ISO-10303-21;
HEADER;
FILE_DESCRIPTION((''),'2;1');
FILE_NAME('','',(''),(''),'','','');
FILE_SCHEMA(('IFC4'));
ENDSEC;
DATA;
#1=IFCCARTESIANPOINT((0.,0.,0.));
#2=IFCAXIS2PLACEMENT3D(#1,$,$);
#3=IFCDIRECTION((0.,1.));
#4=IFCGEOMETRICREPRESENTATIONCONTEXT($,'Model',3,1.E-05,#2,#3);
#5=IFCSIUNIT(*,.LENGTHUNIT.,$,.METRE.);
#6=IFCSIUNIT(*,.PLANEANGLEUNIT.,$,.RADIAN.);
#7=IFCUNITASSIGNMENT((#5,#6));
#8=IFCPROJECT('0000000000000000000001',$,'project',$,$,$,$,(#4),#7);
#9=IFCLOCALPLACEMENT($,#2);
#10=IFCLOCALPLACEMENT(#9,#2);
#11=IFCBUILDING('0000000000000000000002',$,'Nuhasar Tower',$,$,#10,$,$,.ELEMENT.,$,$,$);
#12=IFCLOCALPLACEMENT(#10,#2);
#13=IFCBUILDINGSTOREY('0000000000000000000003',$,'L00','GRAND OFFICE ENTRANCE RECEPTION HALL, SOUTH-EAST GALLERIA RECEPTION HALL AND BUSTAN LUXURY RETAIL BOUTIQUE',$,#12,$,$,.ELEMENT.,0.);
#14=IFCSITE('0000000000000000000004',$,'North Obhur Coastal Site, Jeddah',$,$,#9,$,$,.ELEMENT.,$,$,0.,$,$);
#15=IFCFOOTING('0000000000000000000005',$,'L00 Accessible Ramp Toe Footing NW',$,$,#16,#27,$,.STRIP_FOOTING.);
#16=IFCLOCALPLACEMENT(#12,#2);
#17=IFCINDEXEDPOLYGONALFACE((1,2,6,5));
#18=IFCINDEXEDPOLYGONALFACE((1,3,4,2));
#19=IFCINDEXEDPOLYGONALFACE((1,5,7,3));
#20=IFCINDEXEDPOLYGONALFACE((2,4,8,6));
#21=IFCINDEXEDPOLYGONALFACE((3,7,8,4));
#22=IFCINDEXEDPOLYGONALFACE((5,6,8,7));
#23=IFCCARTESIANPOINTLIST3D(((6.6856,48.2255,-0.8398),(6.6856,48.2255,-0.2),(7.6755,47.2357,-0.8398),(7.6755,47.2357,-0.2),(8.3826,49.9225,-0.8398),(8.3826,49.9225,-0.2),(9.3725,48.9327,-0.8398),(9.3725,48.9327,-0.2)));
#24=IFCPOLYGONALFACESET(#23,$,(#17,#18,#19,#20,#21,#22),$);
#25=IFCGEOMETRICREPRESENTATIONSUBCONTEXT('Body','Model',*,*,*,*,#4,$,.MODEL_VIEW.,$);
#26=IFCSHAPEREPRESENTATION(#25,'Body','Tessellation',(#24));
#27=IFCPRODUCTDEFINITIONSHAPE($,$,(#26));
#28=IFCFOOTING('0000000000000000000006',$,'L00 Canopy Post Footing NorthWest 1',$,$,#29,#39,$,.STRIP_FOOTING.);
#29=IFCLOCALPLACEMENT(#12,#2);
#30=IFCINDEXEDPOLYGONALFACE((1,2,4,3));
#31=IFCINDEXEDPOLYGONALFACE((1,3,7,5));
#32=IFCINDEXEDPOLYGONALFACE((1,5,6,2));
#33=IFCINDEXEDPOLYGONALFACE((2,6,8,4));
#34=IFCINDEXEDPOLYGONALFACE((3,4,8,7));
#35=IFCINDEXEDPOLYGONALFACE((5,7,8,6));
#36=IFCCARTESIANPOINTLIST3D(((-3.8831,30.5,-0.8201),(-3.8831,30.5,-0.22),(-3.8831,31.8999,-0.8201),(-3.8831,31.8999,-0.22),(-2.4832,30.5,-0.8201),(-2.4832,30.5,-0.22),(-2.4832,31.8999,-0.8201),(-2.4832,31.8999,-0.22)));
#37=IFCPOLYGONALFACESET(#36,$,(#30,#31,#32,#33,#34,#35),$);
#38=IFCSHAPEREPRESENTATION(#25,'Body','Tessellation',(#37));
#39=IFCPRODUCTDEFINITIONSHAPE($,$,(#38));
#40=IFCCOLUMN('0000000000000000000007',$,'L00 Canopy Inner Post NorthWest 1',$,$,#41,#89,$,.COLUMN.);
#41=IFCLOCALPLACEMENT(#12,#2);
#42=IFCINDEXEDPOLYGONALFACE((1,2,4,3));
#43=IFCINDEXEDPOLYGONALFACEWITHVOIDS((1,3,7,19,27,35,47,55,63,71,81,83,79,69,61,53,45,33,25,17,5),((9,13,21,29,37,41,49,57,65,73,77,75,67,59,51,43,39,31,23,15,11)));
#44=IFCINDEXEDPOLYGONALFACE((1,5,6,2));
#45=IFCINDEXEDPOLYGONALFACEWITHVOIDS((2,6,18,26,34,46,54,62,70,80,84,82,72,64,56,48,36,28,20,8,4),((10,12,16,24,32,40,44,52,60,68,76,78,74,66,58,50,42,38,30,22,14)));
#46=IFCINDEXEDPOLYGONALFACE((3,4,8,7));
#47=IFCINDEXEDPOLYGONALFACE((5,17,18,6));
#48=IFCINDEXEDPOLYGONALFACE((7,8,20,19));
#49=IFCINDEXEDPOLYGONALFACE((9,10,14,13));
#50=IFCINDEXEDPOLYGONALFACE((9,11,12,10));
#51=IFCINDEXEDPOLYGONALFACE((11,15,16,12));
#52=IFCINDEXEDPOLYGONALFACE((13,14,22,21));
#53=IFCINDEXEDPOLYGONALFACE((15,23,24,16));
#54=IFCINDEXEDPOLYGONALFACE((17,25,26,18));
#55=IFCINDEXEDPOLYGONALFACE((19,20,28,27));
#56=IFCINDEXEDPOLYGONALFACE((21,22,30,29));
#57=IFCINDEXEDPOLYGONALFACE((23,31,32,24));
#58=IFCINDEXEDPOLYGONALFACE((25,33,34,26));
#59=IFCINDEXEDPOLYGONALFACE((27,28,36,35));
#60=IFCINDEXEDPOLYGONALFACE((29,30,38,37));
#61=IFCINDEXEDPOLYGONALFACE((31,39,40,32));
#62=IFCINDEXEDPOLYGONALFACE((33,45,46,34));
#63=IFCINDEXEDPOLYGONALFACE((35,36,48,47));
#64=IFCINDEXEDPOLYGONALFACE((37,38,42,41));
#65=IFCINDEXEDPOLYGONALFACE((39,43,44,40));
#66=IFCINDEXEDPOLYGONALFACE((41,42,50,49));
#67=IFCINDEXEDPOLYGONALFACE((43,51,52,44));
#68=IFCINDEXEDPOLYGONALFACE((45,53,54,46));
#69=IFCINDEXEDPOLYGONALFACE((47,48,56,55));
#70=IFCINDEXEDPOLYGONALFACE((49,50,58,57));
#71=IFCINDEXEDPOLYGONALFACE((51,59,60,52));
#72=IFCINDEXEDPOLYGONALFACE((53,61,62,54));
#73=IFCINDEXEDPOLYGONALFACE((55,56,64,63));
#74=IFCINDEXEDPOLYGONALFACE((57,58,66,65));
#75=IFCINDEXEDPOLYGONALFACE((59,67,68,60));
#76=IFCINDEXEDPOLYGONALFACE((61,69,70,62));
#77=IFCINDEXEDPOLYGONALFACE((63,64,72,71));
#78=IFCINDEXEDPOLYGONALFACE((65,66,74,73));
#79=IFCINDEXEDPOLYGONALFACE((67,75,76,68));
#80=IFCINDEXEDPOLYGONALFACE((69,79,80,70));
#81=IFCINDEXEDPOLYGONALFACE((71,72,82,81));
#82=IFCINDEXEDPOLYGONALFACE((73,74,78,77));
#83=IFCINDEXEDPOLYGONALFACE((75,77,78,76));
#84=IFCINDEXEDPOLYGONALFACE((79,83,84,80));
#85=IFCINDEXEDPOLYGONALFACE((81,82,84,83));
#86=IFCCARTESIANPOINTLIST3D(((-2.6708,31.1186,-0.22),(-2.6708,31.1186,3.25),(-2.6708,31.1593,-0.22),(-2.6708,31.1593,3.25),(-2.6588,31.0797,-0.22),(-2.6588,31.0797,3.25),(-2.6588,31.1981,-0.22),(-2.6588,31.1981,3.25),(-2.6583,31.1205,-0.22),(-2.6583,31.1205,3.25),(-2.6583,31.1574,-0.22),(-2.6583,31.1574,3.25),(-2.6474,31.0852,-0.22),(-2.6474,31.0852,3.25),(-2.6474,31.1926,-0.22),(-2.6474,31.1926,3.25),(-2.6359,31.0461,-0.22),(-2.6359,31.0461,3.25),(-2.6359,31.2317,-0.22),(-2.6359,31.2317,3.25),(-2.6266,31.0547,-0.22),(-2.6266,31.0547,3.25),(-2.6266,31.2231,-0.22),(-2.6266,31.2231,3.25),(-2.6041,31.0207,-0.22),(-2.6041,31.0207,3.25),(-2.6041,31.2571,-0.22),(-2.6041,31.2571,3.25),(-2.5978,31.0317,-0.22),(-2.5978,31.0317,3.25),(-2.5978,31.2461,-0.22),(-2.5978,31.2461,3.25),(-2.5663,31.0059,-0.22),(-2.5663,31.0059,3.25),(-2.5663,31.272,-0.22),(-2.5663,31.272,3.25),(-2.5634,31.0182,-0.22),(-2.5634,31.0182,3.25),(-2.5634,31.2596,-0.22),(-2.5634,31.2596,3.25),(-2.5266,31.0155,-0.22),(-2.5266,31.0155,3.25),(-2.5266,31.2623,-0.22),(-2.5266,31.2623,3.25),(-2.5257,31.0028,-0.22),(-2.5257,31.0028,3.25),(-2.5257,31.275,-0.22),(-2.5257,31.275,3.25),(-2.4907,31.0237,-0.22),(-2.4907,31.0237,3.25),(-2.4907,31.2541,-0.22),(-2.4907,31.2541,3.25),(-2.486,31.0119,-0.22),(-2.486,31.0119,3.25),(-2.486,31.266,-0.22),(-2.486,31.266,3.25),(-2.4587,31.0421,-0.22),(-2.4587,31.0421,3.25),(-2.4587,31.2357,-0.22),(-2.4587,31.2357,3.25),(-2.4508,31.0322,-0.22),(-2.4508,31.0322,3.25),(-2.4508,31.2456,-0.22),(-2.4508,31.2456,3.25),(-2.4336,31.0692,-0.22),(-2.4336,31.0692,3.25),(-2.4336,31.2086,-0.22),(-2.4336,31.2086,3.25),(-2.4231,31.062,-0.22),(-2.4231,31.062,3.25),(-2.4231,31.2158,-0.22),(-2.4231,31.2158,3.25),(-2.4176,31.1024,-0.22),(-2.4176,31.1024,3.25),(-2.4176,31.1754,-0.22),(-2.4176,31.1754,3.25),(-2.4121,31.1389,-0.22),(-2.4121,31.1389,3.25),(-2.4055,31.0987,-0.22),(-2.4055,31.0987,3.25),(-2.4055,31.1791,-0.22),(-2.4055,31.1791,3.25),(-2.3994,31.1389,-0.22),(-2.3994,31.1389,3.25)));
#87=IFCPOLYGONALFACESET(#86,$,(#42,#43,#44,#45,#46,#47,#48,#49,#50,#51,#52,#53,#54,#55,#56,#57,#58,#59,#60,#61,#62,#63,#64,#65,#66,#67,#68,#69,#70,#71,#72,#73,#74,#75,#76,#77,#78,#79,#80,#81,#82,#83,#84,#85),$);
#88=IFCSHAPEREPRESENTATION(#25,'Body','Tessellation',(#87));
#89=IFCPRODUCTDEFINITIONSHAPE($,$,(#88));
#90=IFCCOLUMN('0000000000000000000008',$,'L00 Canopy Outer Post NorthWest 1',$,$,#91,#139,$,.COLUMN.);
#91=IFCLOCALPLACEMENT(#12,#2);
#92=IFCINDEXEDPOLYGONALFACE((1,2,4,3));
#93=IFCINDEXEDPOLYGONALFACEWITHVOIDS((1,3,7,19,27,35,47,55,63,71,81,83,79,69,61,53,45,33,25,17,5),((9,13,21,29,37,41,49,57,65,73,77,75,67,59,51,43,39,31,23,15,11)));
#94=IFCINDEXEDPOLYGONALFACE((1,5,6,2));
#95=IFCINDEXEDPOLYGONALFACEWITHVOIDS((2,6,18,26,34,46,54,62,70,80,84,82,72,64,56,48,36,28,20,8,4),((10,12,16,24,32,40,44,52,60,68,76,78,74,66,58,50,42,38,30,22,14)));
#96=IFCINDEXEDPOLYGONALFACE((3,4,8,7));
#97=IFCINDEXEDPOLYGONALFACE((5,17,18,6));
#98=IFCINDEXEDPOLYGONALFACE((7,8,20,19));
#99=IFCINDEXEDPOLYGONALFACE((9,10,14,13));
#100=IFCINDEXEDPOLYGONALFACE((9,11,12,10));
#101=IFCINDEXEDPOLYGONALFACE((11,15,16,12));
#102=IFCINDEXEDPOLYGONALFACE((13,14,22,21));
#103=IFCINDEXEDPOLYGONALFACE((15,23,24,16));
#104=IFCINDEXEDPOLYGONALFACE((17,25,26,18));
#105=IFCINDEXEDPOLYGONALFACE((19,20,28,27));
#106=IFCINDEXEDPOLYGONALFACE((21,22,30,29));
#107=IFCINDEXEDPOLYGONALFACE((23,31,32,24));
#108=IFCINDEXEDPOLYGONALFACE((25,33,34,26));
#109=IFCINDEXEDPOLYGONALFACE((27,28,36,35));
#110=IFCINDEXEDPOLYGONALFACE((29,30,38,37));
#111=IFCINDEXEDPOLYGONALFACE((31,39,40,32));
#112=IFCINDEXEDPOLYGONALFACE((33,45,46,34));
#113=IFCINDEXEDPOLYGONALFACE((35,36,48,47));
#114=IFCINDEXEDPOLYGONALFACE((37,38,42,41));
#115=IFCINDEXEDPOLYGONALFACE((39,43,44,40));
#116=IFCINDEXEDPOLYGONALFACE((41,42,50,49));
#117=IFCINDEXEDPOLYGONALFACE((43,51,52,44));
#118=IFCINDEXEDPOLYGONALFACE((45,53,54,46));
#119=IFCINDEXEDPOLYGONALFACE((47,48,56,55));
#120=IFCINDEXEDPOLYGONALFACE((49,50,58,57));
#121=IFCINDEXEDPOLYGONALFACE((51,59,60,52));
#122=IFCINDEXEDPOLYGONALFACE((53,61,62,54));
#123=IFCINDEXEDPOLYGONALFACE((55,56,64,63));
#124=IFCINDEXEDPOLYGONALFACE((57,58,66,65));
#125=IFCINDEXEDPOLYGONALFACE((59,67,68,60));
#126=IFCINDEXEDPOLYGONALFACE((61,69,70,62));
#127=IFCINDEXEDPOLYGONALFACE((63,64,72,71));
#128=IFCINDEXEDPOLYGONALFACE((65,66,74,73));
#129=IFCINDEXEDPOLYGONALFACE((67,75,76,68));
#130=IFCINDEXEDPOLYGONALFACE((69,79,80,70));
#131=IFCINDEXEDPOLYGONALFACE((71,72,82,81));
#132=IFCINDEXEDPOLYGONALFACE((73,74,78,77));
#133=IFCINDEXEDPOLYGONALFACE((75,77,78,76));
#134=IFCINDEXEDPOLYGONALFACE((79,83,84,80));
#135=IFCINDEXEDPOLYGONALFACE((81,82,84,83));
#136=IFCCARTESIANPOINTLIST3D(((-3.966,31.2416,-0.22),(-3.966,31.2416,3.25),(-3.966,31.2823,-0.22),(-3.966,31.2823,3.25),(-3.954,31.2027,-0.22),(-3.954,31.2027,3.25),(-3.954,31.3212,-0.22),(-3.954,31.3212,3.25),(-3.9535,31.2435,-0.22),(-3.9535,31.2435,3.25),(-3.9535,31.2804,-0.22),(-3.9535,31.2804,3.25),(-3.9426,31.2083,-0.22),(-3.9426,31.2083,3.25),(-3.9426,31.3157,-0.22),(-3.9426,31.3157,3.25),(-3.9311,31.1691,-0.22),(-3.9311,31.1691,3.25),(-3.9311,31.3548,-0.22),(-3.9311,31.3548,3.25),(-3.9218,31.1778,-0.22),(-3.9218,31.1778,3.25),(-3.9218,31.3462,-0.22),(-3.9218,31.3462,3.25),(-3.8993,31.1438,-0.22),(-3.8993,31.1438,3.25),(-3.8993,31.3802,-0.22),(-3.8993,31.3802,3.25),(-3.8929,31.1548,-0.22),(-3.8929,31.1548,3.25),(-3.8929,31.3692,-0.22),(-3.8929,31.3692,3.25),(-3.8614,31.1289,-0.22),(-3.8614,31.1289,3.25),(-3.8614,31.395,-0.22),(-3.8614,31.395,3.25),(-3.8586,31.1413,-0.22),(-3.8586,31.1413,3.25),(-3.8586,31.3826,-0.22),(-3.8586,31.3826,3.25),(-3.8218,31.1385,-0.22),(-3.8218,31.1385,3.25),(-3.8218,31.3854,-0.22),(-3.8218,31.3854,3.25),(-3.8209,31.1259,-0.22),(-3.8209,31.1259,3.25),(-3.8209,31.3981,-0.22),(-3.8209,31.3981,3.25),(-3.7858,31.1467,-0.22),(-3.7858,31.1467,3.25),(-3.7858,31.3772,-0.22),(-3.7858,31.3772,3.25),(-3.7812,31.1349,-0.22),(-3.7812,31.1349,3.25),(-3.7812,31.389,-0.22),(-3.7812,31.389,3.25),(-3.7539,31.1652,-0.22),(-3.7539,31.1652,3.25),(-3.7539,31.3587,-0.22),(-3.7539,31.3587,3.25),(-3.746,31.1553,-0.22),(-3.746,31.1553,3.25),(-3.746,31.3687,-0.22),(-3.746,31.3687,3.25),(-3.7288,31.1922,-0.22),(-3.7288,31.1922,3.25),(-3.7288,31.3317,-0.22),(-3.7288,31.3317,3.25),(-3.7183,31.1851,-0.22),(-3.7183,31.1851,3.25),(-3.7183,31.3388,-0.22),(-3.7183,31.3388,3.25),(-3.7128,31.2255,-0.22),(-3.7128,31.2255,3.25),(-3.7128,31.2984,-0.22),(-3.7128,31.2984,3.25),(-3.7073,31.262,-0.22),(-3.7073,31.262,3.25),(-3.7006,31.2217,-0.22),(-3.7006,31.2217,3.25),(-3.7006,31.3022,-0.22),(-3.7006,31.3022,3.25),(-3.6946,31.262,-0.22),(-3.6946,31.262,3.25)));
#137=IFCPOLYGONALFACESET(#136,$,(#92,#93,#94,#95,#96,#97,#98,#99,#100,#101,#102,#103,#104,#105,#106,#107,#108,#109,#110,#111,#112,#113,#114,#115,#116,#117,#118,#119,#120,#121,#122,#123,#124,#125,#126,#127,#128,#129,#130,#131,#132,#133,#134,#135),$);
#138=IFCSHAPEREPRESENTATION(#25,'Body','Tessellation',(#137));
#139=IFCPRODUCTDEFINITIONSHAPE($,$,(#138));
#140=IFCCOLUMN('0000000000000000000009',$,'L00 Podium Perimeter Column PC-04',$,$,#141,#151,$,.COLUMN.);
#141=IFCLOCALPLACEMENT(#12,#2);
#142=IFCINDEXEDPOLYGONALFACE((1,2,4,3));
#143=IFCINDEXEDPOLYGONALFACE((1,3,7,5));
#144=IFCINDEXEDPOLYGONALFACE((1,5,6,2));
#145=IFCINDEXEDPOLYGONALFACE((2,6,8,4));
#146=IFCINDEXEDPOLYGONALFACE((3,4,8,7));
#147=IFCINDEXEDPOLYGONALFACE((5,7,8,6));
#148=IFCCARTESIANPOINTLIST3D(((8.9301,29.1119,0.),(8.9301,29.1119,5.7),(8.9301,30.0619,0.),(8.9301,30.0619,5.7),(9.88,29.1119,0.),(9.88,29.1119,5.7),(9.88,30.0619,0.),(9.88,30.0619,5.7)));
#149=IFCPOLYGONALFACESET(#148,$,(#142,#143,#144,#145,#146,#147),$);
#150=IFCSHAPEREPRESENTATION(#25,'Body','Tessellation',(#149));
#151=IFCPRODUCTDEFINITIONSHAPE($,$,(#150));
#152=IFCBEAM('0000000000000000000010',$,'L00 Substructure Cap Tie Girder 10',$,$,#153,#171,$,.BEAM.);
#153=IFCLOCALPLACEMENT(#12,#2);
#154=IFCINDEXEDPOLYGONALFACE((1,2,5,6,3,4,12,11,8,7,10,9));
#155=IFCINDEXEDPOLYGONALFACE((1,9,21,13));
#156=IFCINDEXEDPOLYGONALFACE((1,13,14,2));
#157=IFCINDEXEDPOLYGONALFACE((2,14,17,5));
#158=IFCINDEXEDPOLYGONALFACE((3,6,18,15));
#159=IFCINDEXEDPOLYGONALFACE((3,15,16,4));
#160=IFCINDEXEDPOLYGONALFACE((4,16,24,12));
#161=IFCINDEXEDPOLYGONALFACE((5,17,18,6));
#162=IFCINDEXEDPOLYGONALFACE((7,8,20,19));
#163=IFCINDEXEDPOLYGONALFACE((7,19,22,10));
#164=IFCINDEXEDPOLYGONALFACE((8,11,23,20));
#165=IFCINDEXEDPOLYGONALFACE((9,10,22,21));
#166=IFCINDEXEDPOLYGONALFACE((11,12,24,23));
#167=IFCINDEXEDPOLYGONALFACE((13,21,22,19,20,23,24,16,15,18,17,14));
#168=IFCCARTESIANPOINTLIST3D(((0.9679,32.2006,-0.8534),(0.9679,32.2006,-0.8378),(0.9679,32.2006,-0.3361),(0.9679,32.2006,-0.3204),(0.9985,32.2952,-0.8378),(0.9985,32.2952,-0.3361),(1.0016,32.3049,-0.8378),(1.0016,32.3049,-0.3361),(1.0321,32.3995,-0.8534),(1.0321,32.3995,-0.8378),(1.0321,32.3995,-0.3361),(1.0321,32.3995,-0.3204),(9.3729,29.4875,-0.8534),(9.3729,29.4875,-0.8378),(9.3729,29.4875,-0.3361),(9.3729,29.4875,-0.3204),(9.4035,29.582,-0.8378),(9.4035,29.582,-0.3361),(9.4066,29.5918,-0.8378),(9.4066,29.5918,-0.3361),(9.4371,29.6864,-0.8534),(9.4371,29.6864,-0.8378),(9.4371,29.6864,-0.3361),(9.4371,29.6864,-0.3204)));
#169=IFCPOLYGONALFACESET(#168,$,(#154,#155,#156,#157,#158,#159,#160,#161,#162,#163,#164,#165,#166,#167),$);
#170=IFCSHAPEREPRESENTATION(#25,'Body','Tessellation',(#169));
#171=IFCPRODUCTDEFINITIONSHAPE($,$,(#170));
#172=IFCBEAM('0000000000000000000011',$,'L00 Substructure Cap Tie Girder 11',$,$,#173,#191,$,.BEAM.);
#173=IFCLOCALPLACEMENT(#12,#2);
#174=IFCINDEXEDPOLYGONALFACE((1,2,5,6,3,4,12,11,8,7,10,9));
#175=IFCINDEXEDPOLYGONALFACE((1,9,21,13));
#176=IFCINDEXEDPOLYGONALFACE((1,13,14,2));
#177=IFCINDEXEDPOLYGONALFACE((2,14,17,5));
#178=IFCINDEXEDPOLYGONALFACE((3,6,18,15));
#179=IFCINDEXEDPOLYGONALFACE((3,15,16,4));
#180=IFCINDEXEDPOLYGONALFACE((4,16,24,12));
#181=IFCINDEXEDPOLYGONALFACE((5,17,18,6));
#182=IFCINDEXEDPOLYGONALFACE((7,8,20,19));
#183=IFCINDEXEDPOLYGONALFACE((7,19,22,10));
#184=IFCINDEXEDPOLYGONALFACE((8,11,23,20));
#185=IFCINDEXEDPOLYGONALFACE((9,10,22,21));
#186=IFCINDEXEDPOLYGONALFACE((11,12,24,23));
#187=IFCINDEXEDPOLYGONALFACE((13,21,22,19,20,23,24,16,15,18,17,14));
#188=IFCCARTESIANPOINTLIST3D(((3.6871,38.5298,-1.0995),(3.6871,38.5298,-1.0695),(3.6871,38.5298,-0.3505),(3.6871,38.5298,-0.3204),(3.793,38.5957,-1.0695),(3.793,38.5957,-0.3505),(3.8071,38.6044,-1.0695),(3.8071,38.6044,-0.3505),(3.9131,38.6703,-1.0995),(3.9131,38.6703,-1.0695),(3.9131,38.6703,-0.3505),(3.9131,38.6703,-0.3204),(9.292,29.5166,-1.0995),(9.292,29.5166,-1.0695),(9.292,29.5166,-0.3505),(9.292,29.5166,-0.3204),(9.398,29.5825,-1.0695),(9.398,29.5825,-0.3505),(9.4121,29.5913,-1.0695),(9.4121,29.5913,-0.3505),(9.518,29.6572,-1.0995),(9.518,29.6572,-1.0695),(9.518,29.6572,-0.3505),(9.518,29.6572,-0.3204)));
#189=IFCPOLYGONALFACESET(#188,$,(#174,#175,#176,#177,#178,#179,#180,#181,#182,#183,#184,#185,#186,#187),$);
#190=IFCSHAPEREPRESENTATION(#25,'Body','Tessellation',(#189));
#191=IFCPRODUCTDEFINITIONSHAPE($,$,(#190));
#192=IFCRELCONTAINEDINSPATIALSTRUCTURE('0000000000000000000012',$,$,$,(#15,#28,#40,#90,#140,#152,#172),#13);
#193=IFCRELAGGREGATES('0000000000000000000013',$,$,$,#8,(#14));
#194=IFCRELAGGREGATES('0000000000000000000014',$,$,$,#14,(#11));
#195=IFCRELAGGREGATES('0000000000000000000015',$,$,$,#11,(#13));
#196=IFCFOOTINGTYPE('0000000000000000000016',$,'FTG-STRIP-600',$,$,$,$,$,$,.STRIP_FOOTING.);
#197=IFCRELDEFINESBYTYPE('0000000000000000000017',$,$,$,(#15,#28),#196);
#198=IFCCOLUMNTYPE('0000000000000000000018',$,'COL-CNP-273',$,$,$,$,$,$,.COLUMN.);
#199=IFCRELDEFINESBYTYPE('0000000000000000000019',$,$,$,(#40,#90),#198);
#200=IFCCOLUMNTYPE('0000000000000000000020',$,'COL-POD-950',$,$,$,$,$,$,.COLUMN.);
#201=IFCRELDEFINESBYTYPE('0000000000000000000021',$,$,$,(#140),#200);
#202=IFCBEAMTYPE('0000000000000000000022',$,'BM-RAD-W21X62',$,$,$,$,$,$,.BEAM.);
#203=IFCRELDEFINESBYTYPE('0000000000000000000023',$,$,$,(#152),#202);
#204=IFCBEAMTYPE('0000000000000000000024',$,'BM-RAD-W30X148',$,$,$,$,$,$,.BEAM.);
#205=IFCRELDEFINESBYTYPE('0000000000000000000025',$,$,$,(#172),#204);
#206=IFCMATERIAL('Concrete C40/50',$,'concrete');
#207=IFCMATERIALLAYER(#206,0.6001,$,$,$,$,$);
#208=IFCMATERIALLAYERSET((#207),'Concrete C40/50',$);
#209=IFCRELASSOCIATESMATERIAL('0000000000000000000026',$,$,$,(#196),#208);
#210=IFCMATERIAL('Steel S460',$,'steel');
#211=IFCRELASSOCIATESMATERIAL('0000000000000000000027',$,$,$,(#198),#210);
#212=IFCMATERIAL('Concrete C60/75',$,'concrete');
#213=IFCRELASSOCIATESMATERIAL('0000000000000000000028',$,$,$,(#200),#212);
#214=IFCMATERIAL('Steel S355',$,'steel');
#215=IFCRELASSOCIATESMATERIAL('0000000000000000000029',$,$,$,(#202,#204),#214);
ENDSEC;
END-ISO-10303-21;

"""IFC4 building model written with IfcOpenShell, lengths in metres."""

from ifc_helpers import new_model, si_unit, direction, frame, origin, origin_2d, place, context, subcontext, project, spatial, rectangle, hollow_circle, i_section, extrude, material, layer, layer_set, material_profile, profile_set, type_object, element, save


model = new_model("IFC4")

# Units and contexts
model_context = context("Model", 3, precision=1e-05, world=origin(), true_north=direction((0.0, 1.0)))
body_context = subcontext(model_context, "Body", "Model", "MODEL_VIEW")
ifc_project = project(units=[si_unit("LENGTHUNIT", "METRE"), si_unit("PLANEANGLEUNIT", "RADIAN")], contexts=[model_context])

# Site, building, storey
site_placement = place(None, origin())
site = spatial("IfcSite", under=ifc_project, at=site_placement, Name="North Obhur Coastal Site, Jeddah", CompositionType="ELEMENT", RefElevation=0.0)
building_placement = place(site_placement, origin())
building = spatial("IfcBuilding", under=site, at=building_placement, Name="Nuhasar Tower", CompositionType="ELEMENT")
storey_placement = place(building_placement, origin())
storey = spatial("IfcBuildingStorey", under=building, at=storey_placement, Name="L00", Description="GRAND OFFICE ENTRANCE RECEPTION HALL, SOUTH-EAST GALLERIA RECEPTION HALL AND BUSTAN LUXURY RETAIL BOUTIQUE", CompositionType="ELEMENT", Elevation=0.0)

# Footings
ifc_material_1 = material(Name="Concrete C40/50", Category="concrete")
ifc_layer_1 = layer(ifc_material_1, 0.6001)
ifc_layer_set_1 = layer_set([ifc_layer_1], Name="Concrete C40/50")
footing_type = type_object("IfcFootingType", Name="FTG-STRIP-600", PredefinedType="STRIP_FOOTING", material=ifc_layer_set_1)
footing_1_placement = place(storey_placement, frame((8.0291, 48.5791, -0.8398), z_axis=(0.0, 0.0, 1.0), x_axis=(-0.707107, 0.707107, 0.0)))
element("IfcFooting", 1, at=footing_1_placement, inside=storey, type_object=footing_type, Name="L00 Accessible Ramp Toe Footing NW", PredefinedType="STRIP_FOOTING", context=body_context, shape_type="SweptSolid", body=[
    extrude(rectangle(XDim=1.3999, YDim=2.3999, at=origin_2d()), origin(), (0.0, 0.0, 1.0), 0.6399),
])
footing_2_placement = place(storey_placement, frame((-3.1831, 31.2, -0.8201), z_axis=(0.0, 0.0, 1.0), x_axis=(1.0, 0.0, 0.0)))
element("IfcFooting", 2, at=footing_2_placement, inside=storey, type_object=footing_type, Name="L00 Canopy Post Footing NorthWest 1", PredefinedType="STRIP_FOOTING", context=body_context, shape_type="SweptSolid", body=[
    extrude(rectangle(XDim=1.3999, YDim=1.3999, at=origin_2d()), origin(), (0.0, 0.0, 1.0), 0.6001),
])

# Columns
ifc_material_2 = material(Name="Steel S460", Category="steel")
ifc_material_profile_1 = material_profile(ifc_material_2, hollow_circle(Radius=0.1365, WallThickness=0.0127, at=origin_2d()), Name="HSS273.1X12.7")
ifc_profile_set_1 = profile_set([ifc_material_profile_1], Name="Steel S460")
column_type_1 = type_object("IfcColumnType", Name="COL-CNP-273", PredefinedType="COLUMN", material=ifc_profile_set_1)
for number, where, z_axis, x_axis, name in (
    (3, (-2.5359, 31.1389, -0.22), (0.0, 0.0, 1.0), (1.0, 0.0, 0.0), "L00 Canopy Inner Post NorthWest 1"),
    (4, (-3.8311, 31.262, -0.22), (0.0, 0.0, 1.0), (1.0, 0.0, 0.0), "L00 Canopy Outer Post NorthWest 1"),
):
    element("IfcColumn", number, at=place(storey_placement, frame(where, z_axis=z_axis, x_axis=x_axis)), inside=storey, type_object=column_type_1, Name=name, PredefinedType="COLUMN", context=body_context, shape_type="SweptSolid", body=[
        extrude(hollow_circle(Radius=0.1365, WallThickness=0.0127, at=origin_2d()), origin(), (0.0, 0.0, 1.0), 3.47),
    ])
ifc_material_3 = material(Name="Concrete C60/75", Category="concrete")
ifc_material_profile_2 = material_profile(ifc_material_3, rectangle(XDim=0.95, YDim=0.95, at=origin_2d()), Name="RC950X950")
ifc_profile_set_2 = profile_set([ifc_material_profile_2], Name="Concrete C60/75")
column_type_2 = type_object("IfcColumnType", Name="COL-POD-950", PredefinedType="COLUMN", material=ifc_profile_set_2)
column_placement = place(storey_placement, frame((9.405, 29.5869, 0.0), z_axis=(0.0, 0.0, 1.0), x_axis=(1.0, 0.0, 0.0)))
element("IfcColumn", 5, at=column_placement, inside=storey, type_object=column_type_2, Name="L00 Podium Perimeter Column PC-04", PredefinedType="COLUMN", context=body_context, shape_type="SweptSolid", body=[
    extrude(rectangle(XDim=0.95, YDim=0.95, at=origin_2d()), origin(), (0.0, 0.0, 1.0), 5.7),
])

# Beams
ifc_material_4 = material(Name="Steel S355", Category="steel")
ifc_material_profile_3 = material_profile(ifc_material_4, i_section(OverallWidth=0.209, OverallDepth=0.533, WebThickness=0.0103, FlangeThickness=0.0156, at=origin_2d()), Name="W21X62")
ifc_profile_set_3 = profile_set([ifc_material_profile_3], Name="Steel S355")
beam_type_1 = type_object("IfcBeamType", Name="BM-RAD-W21X62", PredefinedType="BEAM", material=ifc_profile_set_3)
beam_1_placement = place(storey_placement, frame((9.405, 29.5869, -0.5869), z_axis=(-0.951648, 0.307191, 0.0), x_axis=(-0.307191, -0.951648, 0.0)))
element("IfcBeam", 6, at=beam_1_placement, inside=storey, type_object=beam_type_1, Name="L00 Substructure Cap Tie Girder 10", PredefinedType="BEAM", context=body_context, shape_type="SweptSolid", body=[
    extrude(i_section(OverallWidth=0.209, OverallDepth=0.533, WebThickness=0.0103, FlangeThickness=0.0156, at=origin_2d()), origin(), (0.0, 0.0, 1.0), 8.832),
])
ifc_material_profile_4 = material_profile(ifc_material_4, i_section(OverallWidth=0.2661, OverallDepth=0.7791, WebThickness=0.0166, FlangeThickness=0.03, at=origin_2d()), Name="W30X148")
ifc_profile_set_4 = profile_set([ifc_material_profile_4], Name="Steel S355")
beam_type_2 = type_object("IfcBeamType", Name="BM-RAD-W30X148", PredefinedType="BEAM", material=ifc_profile_set_4)
beam_2_placement = place(storey_placement, frame((9.405, 29.5869, -0.71), z_axis=(-0.528083, 0.849193, 0.0), x_axis=(-0.849193, -0.528083, 0.0)))
element("IfcBeam", 7, at=beam_2_placement, inside=storey, type_object=beam_type_2, Name="L00 Substructure Cap Tie Girder 11", PredefinedType="BEAM", context=body_context, shape_type="SweptSolid", body=[
    extrude(i_section(OverallWidth=0.2661, OverallDepth=0.7791, WebThickness=0.0166, FlangeThickness=0.03, at=origin_2d()), origin(), (0.0, 0.0, 1.0), 10.6138),
])

save(model, "model.ifc")
